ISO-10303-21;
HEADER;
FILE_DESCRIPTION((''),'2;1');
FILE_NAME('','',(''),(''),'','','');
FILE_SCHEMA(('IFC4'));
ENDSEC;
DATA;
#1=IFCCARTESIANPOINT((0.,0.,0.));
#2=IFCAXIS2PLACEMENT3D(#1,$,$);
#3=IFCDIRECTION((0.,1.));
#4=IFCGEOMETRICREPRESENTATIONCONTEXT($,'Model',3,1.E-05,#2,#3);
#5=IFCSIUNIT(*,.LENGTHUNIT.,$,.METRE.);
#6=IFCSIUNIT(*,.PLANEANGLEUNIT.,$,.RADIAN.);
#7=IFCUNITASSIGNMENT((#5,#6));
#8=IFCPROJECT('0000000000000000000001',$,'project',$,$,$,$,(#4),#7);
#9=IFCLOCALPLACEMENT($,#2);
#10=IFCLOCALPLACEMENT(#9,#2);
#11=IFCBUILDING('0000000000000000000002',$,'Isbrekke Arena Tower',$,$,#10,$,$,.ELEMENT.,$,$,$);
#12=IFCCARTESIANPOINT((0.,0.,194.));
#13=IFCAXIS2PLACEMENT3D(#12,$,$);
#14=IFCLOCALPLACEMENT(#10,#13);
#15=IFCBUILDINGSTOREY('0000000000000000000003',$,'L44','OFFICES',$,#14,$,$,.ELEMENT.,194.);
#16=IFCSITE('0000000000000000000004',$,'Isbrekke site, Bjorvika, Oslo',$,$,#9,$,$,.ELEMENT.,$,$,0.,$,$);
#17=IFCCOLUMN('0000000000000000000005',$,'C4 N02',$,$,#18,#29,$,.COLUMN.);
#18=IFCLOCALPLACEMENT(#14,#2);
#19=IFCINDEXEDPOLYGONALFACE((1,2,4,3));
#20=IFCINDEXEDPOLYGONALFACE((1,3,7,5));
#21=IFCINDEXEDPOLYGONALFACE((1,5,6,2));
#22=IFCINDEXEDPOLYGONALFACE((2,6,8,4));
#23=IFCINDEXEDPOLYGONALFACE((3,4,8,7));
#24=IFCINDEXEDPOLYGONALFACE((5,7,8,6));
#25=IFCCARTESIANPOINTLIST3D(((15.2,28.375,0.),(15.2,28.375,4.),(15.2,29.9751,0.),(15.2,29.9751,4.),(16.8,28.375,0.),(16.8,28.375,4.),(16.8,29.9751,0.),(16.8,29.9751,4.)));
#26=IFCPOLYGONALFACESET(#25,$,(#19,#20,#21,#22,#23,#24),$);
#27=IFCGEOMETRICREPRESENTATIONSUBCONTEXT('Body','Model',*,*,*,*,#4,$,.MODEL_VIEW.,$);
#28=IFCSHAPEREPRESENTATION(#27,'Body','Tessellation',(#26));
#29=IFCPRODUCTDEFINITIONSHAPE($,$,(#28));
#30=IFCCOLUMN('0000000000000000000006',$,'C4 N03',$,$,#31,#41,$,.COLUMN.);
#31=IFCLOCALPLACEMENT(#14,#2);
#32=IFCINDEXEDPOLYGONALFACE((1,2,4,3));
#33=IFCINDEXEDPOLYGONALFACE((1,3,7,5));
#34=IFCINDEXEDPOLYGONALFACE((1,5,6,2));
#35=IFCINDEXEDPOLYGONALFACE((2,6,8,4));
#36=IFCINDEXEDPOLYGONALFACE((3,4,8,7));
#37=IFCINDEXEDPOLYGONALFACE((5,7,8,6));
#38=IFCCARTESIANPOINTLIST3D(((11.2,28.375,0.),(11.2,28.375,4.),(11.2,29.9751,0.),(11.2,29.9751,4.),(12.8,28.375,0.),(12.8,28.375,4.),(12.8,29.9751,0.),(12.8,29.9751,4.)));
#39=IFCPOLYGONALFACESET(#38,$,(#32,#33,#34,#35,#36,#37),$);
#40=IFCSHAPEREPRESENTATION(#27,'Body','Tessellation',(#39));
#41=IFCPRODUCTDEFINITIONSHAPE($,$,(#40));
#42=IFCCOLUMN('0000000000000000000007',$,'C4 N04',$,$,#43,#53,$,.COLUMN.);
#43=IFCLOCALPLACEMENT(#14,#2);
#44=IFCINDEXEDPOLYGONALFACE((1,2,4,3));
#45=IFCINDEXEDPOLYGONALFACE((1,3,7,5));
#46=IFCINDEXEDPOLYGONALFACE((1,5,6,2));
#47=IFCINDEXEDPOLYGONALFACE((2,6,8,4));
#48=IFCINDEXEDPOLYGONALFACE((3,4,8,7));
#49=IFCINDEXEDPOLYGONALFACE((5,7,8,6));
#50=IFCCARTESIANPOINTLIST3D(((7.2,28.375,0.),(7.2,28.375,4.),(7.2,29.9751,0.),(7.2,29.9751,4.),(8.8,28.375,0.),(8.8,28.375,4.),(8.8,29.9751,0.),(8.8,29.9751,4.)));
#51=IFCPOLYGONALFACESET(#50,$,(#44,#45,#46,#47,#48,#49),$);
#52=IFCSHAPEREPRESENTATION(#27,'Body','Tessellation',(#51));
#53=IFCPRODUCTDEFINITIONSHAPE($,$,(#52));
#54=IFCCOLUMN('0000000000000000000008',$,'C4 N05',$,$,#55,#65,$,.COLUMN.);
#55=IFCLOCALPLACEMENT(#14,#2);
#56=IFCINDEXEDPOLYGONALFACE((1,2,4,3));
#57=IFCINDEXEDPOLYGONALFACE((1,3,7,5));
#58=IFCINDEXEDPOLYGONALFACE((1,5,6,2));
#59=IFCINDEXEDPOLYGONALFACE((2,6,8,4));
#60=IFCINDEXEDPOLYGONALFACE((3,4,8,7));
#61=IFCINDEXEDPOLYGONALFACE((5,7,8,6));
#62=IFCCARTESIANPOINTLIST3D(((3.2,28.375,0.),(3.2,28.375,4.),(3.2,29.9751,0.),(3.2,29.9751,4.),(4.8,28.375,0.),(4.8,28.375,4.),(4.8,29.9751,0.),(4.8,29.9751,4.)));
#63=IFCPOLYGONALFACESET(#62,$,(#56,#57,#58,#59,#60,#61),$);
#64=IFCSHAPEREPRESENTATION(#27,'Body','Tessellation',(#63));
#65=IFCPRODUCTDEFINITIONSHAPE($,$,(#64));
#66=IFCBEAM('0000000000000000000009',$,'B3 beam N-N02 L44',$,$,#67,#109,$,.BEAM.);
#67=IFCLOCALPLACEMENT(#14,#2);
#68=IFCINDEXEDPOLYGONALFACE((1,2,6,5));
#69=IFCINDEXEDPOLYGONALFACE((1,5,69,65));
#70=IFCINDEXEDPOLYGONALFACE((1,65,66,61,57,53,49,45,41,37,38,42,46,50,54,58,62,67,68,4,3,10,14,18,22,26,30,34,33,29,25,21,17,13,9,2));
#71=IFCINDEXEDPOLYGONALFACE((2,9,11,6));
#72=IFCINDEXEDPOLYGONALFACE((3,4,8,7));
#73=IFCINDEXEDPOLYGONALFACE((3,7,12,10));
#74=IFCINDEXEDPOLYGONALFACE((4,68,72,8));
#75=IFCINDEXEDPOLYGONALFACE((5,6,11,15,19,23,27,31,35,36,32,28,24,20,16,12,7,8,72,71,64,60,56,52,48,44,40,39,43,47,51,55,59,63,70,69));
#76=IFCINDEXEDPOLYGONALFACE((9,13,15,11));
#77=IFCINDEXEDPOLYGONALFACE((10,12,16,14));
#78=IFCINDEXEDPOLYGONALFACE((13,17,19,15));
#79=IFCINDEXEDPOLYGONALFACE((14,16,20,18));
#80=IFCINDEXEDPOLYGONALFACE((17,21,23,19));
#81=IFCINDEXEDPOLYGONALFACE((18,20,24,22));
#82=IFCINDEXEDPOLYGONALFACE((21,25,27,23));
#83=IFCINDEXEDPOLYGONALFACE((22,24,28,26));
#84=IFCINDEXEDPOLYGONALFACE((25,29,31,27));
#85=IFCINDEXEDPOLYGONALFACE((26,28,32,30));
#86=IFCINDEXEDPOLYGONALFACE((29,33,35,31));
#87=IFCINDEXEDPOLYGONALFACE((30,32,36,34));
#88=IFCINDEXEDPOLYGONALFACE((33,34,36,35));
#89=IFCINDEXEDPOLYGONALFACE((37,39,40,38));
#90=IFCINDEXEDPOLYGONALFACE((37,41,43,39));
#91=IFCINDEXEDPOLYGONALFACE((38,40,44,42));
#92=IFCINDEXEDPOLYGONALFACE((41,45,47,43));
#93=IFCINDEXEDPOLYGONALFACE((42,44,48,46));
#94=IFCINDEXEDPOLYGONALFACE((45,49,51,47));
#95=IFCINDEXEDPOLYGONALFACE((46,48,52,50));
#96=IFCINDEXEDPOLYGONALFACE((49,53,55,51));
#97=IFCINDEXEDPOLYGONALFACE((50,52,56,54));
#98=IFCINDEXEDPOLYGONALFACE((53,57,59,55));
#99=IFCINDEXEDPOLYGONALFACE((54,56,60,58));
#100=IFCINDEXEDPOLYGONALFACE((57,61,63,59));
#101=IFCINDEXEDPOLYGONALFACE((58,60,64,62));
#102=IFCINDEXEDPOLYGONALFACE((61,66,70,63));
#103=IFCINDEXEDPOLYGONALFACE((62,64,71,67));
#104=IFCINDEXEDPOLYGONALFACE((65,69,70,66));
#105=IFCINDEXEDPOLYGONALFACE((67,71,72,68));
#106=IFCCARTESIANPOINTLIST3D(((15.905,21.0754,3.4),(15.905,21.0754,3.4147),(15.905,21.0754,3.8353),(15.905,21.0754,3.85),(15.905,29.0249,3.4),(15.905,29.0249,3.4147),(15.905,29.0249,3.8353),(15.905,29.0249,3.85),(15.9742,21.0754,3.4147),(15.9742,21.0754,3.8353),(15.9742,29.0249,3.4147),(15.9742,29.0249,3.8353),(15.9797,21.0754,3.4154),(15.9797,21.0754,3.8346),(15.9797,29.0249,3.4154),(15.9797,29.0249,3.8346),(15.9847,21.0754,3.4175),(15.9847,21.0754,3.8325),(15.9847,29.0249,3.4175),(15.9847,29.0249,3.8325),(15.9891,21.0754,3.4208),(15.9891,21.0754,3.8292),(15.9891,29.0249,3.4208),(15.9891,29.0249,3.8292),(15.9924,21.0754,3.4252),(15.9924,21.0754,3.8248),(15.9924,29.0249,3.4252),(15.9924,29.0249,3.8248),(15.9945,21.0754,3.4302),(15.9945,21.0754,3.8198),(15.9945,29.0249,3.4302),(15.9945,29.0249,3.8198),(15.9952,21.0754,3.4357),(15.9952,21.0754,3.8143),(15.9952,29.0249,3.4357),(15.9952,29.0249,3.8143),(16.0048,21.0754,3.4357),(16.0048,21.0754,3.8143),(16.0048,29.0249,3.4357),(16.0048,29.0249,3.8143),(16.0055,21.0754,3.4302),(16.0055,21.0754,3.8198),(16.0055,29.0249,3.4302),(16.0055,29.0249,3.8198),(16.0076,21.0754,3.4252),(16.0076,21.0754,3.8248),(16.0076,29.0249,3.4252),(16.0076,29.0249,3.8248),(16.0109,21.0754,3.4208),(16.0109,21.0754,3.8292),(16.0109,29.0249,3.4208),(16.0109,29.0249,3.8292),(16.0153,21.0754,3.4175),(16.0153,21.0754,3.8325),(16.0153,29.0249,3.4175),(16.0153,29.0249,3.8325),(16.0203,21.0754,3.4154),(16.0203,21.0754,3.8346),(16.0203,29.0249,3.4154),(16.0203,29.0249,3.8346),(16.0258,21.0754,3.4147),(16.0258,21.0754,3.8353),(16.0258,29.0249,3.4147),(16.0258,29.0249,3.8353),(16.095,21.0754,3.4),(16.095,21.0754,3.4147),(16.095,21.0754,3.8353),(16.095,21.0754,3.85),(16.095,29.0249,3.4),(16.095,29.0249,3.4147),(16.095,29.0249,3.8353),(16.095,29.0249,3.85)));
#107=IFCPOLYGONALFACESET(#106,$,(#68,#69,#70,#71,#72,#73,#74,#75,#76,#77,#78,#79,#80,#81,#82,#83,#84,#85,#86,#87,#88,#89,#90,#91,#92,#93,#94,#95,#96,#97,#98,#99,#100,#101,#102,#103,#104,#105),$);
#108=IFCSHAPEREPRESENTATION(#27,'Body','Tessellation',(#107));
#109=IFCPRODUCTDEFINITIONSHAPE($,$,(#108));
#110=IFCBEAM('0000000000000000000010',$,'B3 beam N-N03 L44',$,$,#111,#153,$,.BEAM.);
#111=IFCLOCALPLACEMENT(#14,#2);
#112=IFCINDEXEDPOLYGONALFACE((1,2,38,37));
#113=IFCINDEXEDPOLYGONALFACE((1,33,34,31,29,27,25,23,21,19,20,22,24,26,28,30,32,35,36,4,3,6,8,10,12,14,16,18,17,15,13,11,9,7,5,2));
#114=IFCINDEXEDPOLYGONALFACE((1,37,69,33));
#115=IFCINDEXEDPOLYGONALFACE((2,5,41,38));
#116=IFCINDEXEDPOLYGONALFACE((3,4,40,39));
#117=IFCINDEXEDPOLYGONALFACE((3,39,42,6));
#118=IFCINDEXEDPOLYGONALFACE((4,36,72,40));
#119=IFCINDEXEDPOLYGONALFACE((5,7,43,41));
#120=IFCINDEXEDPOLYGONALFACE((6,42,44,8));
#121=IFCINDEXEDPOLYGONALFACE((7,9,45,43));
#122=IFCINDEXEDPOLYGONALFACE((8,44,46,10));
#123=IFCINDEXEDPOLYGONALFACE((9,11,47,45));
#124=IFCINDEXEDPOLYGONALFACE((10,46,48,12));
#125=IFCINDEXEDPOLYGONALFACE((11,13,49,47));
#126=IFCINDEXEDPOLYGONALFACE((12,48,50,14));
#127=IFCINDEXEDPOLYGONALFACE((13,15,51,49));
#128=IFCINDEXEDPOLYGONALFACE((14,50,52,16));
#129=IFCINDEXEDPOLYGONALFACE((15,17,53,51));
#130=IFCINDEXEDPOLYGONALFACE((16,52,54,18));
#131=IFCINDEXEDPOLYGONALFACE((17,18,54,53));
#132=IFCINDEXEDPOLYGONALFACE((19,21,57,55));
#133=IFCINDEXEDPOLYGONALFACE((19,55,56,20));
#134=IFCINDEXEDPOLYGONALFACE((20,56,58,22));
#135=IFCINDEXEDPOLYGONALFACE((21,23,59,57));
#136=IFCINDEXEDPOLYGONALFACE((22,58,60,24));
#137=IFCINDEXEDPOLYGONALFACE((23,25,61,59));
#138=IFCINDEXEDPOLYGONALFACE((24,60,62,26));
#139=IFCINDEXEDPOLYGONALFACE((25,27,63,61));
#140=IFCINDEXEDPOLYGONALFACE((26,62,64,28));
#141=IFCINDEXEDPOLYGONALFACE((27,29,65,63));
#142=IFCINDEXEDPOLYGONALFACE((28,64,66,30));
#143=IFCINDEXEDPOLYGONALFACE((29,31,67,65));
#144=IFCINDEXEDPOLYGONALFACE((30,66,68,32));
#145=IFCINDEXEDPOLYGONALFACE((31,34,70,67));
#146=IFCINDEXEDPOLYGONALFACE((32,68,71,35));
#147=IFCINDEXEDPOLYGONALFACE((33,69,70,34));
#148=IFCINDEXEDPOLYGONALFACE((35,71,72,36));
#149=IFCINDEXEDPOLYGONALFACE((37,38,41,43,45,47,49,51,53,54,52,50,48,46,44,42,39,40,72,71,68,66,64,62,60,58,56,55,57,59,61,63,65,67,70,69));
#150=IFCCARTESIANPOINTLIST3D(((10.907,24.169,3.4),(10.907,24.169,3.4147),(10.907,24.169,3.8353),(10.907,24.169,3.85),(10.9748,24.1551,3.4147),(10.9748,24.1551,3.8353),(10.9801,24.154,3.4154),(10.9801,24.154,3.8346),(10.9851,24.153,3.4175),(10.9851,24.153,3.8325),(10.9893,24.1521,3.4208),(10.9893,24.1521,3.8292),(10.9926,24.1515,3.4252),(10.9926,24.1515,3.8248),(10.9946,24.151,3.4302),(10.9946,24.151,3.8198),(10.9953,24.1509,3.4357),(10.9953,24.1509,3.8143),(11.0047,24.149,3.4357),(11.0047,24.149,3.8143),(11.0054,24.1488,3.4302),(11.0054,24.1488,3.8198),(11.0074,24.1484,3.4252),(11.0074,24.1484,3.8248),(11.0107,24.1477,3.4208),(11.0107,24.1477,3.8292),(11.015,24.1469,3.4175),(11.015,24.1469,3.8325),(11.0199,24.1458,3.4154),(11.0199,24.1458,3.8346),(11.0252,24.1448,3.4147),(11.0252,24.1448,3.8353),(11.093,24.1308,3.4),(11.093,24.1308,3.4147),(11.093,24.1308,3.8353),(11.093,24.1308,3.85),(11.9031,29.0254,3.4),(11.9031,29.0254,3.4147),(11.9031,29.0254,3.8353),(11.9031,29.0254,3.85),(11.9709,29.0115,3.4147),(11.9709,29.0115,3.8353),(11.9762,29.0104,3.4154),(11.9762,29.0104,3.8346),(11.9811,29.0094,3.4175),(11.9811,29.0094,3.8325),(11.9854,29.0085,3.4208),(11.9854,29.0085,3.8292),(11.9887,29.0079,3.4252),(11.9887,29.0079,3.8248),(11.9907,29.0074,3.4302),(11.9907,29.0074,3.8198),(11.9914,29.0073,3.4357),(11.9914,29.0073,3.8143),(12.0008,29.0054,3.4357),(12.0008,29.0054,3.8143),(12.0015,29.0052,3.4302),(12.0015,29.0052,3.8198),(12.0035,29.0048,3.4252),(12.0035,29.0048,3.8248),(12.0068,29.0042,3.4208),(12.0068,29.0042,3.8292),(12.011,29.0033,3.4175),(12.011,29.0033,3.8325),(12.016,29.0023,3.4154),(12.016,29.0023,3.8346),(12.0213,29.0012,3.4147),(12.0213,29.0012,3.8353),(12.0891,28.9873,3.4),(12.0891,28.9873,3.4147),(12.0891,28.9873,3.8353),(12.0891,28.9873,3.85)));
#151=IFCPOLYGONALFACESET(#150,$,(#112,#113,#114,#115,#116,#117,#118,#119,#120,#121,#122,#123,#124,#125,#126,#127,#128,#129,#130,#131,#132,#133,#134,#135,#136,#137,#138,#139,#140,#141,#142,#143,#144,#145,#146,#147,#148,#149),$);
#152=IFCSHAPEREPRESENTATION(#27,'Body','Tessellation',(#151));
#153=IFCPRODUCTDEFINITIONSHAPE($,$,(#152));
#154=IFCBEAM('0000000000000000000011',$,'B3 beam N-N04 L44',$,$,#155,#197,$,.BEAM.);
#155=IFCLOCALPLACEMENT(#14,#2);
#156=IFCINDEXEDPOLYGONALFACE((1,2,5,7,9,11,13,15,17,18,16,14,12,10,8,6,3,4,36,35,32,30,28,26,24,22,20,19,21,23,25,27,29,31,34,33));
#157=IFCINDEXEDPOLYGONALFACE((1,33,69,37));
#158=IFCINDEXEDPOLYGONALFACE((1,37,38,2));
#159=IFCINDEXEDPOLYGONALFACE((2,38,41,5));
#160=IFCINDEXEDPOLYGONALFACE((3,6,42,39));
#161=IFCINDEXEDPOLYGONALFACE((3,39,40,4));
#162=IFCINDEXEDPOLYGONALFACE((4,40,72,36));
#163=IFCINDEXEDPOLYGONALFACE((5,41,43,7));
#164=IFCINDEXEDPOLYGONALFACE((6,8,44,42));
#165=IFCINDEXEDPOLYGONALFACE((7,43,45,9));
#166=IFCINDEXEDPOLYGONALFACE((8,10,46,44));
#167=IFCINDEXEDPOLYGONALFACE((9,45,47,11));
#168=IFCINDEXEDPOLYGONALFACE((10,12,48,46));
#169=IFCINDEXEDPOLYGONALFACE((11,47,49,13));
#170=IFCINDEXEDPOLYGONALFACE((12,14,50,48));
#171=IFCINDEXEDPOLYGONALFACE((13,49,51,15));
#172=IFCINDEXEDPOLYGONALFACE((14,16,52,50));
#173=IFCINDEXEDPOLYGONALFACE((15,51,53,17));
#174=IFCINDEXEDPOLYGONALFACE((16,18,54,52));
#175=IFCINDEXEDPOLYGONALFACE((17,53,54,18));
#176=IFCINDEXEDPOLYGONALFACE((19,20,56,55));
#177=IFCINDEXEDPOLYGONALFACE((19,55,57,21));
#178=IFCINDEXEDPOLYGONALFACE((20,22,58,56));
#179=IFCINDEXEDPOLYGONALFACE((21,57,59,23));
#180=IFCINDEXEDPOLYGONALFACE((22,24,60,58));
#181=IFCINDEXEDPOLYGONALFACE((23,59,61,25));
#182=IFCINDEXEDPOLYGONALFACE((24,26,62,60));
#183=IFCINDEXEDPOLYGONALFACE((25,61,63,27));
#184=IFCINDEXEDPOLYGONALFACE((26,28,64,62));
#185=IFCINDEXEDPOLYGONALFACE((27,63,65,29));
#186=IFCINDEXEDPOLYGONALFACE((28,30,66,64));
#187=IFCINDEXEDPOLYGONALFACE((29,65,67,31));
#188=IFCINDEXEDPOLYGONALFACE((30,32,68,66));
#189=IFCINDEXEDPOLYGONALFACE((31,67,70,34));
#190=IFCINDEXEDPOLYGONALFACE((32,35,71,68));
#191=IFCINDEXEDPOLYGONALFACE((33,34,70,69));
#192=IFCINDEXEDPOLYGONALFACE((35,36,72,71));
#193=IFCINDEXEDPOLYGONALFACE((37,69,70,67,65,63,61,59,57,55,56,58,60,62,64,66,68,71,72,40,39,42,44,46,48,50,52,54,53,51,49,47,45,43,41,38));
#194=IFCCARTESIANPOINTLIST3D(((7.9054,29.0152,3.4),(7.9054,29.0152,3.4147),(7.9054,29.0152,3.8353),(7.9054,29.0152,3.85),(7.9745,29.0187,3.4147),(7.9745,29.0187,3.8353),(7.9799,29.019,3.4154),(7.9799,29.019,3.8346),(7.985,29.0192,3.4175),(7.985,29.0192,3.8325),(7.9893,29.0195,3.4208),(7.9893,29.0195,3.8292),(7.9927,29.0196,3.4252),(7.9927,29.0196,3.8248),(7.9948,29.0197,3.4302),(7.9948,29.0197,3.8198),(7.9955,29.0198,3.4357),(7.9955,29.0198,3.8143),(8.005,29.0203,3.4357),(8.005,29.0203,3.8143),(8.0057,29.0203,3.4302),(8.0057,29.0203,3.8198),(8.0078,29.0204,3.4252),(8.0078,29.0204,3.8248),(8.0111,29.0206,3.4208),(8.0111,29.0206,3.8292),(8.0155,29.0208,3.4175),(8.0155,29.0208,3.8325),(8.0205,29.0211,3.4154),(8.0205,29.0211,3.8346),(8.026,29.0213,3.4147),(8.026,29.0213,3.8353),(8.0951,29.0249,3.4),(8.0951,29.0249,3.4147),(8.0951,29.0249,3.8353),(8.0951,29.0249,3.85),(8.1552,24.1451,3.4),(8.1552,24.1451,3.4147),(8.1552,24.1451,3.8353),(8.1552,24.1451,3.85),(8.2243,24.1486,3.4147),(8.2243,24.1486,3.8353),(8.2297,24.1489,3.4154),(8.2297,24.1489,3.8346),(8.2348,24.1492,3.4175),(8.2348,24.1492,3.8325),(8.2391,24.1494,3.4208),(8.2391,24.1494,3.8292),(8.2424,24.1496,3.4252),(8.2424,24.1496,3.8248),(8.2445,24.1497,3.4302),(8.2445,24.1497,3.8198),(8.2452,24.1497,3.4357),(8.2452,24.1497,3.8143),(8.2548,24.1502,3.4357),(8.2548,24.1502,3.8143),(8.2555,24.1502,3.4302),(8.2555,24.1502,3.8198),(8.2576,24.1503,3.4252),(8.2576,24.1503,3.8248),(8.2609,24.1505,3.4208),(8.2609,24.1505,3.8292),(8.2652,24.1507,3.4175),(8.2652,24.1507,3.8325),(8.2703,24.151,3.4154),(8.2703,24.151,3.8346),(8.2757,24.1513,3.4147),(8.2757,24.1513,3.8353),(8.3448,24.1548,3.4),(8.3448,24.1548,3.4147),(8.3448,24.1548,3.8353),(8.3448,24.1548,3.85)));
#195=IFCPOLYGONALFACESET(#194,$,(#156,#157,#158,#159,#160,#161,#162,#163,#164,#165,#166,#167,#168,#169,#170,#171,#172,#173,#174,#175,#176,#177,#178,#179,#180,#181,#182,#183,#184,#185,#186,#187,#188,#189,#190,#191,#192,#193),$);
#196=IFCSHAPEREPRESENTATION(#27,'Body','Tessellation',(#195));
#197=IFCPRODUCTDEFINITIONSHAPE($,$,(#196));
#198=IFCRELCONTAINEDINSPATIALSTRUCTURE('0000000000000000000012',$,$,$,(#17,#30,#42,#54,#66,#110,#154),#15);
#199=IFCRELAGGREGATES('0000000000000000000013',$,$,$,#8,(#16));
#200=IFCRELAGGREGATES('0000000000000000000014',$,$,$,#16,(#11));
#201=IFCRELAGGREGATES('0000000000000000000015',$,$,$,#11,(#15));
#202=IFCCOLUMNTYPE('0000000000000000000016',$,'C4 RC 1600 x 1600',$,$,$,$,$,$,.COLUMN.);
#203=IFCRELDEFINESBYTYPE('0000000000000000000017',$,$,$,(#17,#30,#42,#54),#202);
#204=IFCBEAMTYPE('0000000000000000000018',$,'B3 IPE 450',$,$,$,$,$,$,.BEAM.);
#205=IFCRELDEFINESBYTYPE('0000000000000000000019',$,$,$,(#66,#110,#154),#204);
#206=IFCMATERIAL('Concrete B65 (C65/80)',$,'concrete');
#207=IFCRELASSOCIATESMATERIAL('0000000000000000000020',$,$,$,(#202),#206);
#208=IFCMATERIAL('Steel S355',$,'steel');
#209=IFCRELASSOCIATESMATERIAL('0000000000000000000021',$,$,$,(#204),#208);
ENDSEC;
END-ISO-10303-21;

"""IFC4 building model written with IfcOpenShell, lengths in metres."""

from ifc_helpers import new_model, si_unit, direction, frame, origin, origin_2d, place, context, subcontext, project, spatial, rectangle, i_section, extrude, material, material_profile, profile_set, type_object, element, save


model = new_model("IFC4")

# Units and contexts
model_context = context("Model", 3, precision=1e-05, world=origin(), true_north=direction((0.0, 1.0)))
body_context = subcontext(model_context, "Body", "Model", "MODEL_VIEW")
ifc_project = project(units=[si_unit("LENGTHUNIT", "METRE"), si_unit("PLANEANGLEUNIT", "RADIAN")], contexts=[model_context])

# Site, building, storey
site_placement = place(None, origin())
site = spatial("IfcSite", under=ifc_project, at=site_placement, Name="Isbrekke site, Bjorvika, Oslo", CompositionType="ELEMENT", RefElevation=0.0)
building_placement = place(site_placement, origin())
building = spatial("IfcBuilding", under=site, at=building_placement, Name="Isbrekke Arena Tower", CompositionType="ELEMENT")
storey_placement = place(building_placement, frame((0.0, 0.0, 194.0)))
storey = spatial("IfcBuildingStorey", under=building, at=storey_placement, Name="L44", Description="OFFICES", CompositionType="ELEMENT", Elevation=194.0)

# Columns
ifc_material_1 = material(Name="Concrete B65 (C65/80)", Category="concrete")
ifc_material_profile_1 = material_profile(ifc_material_1, rectangle(XDim=1.6001, YDim=1.6001, at=origin_2d()), Name="RC 1600x1600")
ifc_profile_set_1 = profile_set([ifc_material_profile_1], Name="Concrete B65 (C65/80)")
column_type = type_object("IfcColumnType", Name="C4 RC 1600 x 1600", PredefinedType="COLUMN", material=ifc_profile_set_1)
for number, where, z_axis, x_axis, name in (
    (1, (16.0, 29.175, 0.0), (0.0, 0.0, 1.0), (-1.0, 0.0, 0.0), "C4 N02"),
    (2, (12.0, 29.175, 0.0), (0.0, 0.0, 1.0), (-1.0, 0.0, 0.0), "C4 N03"),
    (3, (8.0, 29.175, 0.0), (0.0, 0.0, 1.0), (-1.0, 0.0, 0.0), "C4 N04"),
    (4, (4.0, 29.175, 0.0), (0.0, 0.0, 1.0), (-1.0, 0.0, 0.0), "C4 N05"),
):
    element("IfcColumn", number, at=place(storey_placement, frame(where, z_axis=z_axis, x_axis=x_axis)), inside=storey, type_object=column_type, Name=name, PredefinedType="COLUMN", context=body_context, shape_type="SweptSolid", body=[
        extrude(rectangle(XDim=1.6001, YDim=1.6001, at=origin_2d()), origin(), (0.0, 0.0, 1.0), 4.0),
    ])

# Beams
ifc_material_2 = material(Name="Steel S355", Category="steel")
ifc_material_profile_2 = material_profile(ifc_material_2, i_section(OverallWidth=0.1899, OverallDepth=0.45, WebThickness=0.0095, FlangeThickness=0.0146, FilletRadius=0.021, at=origin_2d()), Name="IPE 450")
ifc_profile_set_2 = profile_set([ifc_material_profile_2], Name="Steel S355")
beam_type_1 = type_object("IfcBeamType", Name="B3 IPE 450", PredefinedType="BEAM", material=ifc_profile_set_2)
beam_1_placement = place(storey_placement, frame((16.0, 29.0249, 3.625), z_axis=(0.0, -1.0, 0.0), x_axis=(1.0, 0.0, 0.0)))
element("IfcBeam", 5, at=beam_1_placement, inside=storey, type_object=beam_type_1, Name="B3 beam N-N02 L44", PredefinedType="BEAM", context=body_context, shape_type="SweptSolid", body=[
    extrude(i_section(OverallWidth=0.1899, OverallDepth=0.45, WebThickness=0.0095, FlangeThickness=0.0146, FilletRadius=0.021, at=origin_2d()), origin(), (0.0, 0.0, 1.0), 7.9495),
])
beam_2_placement = place(storey_placement, frame((11.9961, 29.0063, 3.625), z_axis=(-0.200925, -0.979607, 0.0), x_axis=(0.979607, -0.200925, 0.0)))
element("IfcBeam", 6, at=beam_2_placement, inside=storey, type_object=beam_type_1, Name="B3 beam N-N03 L44", PredefinedType="BEAM", context=body_context, shape_type="SweptSolid", body=[
    extrude(i_section(OverallWidth=0.1899, OverallDepth=0.45, WebThickness=0.0095, FlangeThickness=0.0146, FilletRadius=0.021, at=origin_2d()), origin(), (0.0, 0.0, 1.0), 4.9575),
])
beam_3_placement = place(storey_placement, frame((8.0002, 29.02, 3.625), z_axis=(0.051216, -0.998688, 0.0), x_axis=(0.998688, 0.051216, 0.0)))
element("IfcBeam", 7, at=beam_3_placement, inside=storey, type_object=beam_type_1, Name="B3 beam N-N04 L44", PredefinedType="BEAM", context=body_context, shape_type="SweptSolid", body=[
    extrude(i_section(OverallWidth=0.1899, OverallDepth=0.45, WebThickness=0.0095, FlangeThickness=0.0146, FilletRadius=0.021, at=origin_2d()), origin(), (0.0, 0.0, 1.0), 4.8765),
])

save(model, "model.ifc")
